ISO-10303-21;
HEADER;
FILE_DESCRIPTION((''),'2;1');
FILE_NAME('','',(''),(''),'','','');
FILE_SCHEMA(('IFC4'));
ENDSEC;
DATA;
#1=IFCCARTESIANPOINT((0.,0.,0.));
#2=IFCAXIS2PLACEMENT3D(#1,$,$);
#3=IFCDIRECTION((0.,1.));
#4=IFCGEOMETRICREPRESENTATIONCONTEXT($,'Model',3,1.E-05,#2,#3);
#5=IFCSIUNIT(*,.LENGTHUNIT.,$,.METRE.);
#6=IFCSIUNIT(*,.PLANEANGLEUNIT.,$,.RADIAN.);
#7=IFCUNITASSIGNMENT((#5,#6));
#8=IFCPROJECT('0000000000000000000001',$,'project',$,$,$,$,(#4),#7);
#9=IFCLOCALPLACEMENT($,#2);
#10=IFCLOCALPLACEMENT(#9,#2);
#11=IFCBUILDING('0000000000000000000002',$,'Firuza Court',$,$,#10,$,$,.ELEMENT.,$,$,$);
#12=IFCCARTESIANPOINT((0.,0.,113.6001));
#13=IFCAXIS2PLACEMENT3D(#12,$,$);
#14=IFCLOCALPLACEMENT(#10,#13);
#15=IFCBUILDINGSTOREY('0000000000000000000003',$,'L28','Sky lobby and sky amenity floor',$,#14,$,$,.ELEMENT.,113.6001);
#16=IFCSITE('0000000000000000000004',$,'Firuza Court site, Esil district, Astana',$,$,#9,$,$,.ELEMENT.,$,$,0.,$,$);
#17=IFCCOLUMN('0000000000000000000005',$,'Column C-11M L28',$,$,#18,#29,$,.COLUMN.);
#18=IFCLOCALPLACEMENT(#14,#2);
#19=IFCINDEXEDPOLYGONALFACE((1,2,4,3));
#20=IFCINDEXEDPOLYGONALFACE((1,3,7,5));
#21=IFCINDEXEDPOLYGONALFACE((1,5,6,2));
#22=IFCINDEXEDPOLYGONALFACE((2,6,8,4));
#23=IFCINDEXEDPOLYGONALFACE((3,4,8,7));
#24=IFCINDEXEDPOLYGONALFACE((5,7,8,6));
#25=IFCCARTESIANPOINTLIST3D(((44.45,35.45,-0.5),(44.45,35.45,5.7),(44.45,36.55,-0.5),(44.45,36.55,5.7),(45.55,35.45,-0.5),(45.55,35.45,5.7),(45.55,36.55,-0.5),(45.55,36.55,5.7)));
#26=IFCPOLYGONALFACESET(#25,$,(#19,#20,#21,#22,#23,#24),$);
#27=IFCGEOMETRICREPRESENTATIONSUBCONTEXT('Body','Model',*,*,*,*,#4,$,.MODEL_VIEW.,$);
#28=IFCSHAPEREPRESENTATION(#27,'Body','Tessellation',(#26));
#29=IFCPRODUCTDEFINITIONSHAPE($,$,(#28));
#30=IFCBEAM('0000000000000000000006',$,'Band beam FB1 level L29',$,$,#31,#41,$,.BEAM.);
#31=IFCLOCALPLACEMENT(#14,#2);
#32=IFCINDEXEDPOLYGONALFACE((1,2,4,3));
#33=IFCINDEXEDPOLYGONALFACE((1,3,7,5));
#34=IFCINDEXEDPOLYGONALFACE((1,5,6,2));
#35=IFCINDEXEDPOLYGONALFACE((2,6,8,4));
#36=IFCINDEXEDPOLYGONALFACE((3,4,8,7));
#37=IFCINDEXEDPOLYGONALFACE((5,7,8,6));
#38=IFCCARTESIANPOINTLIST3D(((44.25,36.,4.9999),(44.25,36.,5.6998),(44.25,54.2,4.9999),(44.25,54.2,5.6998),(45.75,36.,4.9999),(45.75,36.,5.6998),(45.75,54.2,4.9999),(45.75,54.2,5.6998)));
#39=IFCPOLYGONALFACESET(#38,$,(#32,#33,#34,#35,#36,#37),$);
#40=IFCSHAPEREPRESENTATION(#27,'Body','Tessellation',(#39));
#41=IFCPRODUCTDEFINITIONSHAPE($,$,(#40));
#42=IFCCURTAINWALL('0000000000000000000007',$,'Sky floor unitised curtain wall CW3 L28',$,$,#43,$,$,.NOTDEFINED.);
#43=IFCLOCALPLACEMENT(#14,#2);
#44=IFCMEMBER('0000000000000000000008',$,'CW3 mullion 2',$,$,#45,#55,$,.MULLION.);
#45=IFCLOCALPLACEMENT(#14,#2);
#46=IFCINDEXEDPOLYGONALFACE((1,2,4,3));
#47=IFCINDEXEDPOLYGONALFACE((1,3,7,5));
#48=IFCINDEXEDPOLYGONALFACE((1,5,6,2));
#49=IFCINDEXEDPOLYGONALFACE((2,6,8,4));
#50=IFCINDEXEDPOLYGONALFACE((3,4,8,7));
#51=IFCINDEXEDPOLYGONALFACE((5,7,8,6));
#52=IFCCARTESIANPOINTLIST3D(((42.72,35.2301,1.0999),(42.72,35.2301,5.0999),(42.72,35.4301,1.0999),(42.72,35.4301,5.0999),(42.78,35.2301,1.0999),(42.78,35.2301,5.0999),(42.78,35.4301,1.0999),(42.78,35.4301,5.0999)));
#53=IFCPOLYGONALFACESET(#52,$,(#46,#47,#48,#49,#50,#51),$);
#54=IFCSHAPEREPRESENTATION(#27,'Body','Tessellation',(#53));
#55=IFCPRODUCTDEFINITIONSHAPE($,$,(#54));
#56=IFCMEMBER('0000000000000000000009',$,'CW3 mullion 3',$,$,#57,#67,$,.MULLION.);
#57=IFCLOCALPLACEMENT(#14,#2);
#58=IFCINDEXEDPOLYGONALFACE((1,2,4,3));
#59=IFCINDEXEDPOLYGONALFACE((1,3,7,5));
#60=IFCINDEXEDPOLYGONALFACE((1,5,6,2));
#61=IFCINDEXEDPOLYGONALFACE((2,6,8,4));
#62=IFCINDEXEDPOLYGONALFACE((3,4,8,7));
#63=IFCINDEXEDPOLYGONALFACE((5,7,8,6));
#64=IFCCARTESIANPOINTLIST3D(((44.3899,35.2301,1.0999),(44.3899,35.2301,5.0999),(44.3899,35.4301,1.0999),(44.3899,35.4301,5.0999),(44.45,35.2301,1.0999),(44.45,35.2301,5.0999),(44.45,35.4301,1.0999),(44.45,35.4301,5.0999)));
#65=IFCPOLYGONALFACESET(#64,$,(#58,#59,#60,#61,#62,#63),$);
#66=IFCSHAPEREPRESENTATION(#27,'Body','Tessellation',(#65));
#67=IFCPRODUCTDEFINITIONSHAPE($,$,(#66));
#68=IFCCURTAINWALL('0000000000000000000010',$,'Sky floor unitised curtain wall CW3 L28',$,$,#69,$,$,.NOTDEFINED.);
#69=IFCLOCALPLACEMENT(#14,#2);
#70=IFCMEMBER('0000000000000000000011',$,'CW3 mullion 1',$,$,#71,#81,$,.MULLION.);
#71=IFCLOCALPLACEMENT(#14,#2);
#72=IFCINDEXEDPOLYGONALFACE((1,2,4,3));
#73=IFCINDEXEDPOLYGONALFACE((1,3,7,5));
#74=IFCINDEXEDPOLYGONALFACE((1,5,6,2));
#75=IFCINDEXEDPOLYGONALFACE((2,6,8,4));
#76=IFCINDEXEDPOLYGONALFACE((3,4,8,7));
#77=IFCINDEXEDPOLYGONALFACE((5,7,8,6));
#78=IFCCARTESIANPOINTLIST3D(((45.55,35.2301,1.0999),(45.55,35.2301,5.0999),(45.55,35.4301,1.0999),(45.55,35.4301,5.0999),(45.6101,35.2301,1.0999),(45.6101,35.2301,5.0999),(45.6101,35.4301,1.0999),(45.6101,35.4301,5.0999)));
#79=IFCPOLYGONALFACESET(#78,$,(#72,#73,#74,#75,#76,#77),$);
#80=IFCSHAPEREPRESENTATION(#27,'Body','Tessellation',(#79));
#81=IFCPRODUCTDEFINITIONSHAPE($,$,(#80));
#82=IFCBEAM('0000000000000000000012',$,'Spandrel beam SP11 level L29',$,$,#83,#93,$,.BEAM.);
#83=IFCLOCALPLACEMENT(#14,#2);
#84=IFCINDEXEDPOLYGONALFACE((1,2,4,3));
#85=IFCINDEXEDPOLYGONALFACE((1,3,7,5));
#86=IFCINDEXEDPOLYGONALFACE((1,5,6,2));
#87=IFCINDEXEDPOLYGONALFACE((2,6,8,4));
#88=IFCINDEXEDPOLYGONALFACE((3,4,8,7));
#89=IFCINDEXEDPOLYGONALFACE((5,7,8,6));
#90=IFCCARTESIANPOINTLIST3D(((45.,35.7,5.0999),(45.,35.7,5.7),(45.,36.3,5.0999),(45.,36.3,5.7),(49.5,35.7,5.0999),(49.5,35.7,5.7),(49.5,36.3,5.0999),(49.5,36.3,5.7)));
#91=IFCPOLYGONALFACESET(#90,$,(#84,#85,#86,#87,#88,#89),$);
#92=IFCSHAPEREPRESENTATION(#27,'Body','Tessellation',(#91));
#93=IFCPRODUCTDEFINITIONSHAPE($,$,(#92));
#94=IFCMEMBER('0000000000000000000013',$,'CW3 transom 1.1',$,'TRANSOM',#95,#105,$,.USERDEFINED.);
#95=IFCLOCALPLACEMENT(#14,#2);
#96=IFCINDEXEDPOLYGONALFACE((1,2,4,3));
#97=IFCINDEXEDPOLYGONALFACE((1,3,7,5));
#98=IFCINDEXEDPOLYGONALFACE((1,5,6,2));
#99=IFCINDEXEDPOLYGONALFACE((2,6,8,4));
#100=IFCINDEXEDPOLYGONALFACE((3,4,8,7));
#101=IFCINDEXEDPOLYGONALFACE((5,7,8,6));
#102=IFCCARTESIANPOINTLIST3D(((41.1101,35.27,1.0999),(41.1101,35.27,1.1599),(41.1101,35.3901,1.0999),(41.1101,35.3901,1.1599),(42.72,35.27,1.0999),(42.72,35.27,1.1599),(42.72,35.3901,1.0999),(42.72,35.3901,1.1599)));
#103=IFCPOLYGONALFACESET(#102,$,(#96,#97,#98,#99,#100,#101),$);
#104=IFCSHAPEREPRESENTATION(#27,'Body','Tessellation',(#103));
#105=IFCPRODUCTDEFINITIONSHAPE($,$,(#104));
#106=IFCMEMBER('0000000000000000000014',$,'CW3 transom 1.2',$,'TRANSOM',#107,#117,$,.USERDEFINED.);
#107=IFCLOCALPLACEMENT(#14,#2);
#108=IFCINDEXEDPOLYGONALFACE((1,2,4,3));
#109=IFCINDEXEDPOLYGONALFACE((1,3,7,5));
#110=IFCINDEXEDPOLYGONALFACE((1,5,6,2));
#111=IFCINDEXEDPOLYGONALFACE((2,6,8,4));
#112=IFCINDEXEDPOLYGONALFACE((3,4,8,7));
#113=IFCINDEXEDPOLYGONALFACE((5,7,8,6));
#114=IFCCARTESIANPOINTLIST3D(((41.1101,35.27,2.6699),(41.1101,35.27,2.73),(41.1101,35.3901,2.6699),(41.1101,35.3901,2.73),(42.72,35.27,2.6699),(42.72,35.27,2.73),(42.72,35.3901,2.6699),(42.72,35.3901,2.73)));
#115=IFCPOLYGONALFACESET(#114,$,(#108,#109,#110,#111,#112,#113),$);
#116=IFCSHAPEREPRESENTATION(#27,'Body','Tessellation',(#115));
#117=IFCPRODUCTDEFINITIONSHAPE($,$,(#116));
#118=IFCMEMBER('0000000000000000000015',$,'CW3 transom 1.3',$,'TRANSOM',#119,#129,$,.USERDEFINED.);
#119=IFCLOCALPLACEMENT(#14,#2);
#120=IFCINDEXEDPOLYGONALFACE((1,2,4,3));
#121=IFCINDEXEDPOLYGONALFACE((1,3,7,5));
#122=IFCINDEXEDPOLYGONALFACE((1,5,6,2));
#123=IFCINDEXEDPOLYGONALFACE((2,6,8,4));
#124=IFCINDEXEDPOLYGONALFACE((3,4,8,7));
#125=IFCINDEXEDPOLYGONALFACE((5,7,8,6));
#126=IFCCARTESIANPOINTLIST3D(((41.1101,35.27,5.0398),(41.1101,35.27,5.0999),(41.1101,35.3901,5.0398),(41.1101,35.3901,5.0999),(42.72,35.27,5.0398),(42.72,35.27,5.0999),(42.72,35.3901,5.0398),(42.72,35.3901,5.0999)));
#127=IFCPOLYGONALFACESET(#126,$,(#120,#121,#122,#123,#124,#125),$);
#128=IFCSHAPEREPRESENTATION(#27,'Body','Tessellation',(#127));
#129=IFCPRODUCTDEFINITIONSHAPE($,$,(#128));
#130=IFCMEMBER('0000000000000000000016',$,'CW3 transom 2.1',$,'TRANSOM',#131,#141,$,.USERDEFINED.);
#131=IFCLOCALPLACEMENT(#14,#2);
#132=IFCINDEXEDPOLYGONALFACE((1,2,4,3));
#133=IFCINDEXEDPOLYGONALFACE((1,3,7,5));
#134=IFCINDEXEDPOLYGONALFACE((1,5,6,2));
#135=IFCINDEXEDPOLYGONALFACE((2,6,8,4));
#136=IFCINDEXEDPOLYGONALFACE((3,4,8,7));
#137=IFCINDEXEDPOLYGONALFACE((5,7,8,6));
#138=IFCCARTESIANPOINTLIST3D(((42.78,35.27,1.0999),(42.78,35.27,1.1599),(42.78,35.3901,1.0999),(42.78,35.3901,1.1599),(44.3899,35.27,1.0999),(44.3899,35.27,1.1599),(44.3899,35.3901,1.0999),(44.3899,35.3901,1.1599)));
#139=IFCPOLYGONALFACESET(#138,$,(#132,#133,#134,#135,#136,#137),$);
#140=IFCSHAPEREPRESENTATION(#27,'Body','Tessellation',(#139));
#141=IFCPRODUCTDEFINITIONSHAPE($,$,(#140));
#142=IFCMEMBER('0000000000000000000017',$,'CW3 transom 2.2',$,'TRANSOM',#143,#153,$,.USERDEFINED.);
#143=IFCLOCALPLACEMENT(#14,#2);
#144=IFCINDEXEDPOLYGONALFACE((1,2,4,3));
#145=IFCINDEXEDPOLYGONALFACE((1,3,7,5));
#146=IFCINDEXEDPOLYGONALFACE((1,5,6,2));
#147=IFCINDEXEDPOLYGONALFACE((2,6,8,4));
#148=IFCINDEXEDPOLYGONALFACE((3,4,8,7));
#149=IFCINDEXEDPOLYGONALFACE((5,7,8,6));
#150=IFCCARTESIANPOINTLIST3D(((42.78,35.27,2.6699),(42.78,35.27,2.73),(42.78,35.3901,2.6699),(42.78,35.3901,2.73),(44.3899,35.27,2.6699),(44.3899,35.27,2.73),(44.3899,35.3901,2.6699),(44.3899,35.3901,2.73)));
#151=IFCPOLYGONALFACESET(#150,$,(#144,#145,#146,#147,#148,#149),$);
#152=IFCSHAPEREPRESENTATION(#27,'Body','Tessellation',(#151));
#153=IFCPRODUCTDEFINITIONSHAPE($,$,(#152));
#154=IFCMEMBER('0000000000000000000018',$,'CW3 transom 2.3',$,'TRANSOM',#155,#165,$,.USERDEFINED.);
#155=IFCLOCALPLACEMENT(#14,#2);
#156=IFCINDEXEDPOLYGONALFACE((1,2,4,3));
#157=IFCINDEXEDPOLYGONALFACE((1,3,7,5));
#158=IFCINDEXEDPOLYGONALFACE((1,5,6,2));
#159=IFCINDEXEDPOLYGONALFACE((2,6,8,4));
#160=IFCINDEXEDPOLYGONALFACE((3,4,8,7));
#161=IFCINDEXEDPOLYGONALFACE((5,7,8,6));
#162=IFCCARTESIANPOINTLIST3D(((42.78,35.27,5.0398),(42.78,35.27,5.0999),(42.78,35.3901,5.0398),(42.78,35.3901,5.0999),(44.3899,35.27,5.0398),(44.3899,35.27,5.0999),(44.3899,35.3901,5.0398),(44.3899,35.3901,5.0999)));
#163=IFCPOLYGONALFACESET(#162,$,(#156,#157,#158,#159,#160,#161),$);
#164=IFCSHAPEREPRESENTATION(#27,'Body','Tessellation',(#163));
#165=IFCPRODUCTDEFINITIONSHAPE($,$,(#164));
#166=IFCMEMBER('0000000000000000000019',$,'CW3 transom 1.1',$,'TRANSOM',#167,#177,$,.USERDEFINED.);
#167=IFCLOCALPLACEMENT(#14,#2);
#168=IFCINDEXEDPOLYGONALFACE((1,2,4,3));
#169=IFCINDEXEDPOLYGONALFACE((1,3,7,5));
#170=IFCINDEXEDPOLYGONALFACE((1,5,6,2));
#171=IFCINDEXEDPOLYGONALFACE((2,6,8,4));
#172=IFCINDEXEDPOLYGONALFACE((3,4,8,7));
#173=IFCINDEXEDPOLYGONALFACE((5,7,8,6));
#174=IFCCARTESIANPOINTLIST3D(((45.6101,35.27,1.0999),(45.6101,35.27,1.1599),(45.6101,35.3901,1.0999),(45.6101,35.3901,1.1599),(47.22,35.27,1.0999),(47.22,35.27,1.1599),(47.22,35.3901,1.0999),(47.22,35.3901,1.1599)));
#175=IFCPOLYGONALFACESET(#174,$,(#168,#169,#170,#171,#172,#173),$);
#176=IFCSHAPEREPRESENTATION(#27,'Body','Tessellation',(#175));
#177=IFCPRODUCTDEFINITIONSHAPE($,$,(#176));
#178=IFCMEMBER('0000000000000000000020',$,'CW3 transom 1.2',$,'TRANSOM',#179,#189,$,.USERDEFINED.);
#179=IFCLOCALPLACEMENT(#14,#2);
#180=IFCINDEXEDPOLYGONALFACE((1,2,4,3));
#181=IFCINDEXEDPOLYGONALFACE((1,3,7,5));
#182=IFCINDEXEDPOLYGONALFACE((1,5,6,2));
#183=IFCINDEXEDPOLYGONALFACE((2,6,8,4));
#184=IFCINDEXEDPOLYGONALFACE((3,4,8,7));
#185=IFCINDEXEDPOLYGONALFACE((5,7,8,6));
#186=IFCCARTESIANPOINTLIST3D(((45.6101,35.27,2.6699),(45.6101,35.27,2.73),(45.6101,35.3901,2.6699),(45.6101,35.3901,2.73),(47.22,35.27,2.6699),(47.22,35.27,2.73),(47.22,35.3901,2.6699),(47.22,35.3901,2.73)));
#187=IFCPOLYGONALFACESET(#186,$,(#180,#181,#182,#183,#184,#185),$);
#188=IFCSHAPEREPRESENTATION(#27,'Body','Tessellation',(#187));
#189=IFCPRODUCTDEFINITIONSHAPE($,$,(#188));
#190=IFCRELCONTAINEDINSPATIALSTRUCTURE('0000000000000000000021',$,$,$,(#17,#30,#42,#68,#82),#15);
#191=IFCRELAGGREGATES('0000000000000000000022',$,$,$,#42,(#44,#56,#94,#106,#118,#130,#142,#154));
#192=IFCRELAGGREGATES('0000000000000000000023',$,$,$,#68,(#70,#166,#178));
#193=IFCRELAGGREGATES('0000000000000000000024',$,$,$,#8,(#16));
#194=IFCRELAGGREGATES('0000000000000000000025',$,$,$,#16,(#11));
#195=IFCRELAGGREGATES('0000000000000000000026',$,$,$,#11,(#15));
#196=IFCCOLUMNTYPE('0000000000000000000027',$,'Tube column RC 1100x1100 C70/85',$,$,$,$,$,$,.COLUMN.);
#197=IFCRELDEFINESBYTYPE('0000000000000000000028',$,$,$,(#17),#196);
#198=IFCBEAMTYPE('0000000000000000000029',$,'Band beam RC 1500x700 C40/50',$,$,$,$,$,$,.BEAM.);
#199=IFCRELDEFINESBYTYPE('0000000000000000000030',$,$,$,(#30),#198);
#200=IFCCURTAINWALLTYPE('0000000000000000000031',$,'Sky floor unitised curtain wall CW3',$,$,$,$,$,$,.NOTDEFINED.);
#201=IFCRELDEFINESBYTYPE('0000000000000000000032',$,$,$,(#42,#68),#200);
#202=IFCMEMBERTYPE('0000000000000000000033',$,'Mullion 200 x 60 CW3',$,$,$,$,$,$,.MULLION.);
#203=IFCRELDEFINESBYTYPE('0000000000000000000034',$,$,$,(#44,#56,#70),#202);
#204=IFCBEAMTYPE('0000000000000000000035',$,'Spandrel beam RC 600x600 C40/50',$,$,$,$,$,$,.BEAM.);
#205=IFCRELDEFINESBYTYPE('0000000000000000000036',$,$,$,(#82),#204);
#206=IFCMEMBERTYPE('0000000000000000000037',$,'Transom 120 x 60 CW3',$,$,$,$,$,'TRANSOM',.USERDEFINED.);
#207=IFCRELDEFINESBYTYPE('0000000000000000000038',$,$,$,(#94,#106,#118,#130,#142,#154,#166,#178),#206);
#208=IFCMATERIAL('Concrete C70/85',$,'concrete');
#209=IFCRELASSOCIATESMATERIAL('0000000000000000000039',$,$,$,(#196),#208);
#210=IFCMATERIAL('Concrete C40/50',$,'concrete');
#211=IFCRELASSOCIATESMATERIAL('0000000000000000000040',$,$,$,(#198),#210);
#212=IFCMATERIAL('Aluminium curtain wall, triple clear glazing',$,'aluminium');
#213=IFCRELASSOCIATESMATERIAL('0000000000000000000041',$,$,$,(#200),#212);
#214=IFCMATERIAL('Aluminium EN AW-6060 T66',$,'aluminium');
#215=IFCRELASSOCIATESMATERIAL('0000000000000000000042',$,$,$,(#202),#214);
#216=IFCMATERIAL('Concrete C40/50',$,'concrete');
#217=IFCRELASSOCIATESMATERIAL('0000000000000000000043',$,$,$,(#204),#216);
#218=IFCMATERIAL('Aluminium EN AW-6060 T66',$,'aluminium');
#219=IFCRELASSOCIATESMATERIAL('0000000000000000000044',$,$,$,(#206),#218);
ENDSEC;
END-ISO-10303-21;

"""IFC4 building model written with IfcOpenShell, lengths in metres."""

from ifc_helpers import new_model, si_unit, direction, frame, origin, origin_2d, place, context, subcontext, project, spatial, rectangle, extrude, material, material_profile, profile_set, type_object, element, aggregate, save


model = new_model("IFC4")

# Units and contexts
model_context = context("Model", 3, precision=1e-05, world=origin(), true_north=direction((0.0, 1.0)))
body_context = subcontext(model_context, "Body", "Model", "MODEL_VIEW")
ifc_project = project(units=[si_unit("LENGTHUNIT", "METRE"), si_unit("PLANEANGLEUNIT", "RADIAN")], contexts=[model_context])

# Site, building, storey
site_placement = place(None, origin())
site = spatial("IfcSite", under=ifc_project, at=site_placement, Name="Firuza Court site, Esil district, Astana", CompositionType="ELEMENT", RefElevation=0.0)
building_placement = place(site_placement, origin())
building = spatial("IfcBuilding", under=site, at=building_placement, Name="Firuza Court", CompositionType="ELEMENT")
storey_placement = place(building_placement, frame((0.0, 0.0, 113.6001)))
storey = spatial("IfcBuildingStorey", under=building, at=storey_placement, Name="L28", Description="Sky lobby and sky amenity floor", CompositionType="ELEMENT", Elevation=113.6001)

# Column
ifc_material_1 = material(Name="Concrete C70/85", Category="concrete")
ifc_material_profile_1 = material_profile(ifc_material_1, rectangle(XDim=1.1001, YDim=1.1001, at=origin_2d()), Name="RC 1100x1100")
ifc_profile_set_1 = profile_set([ifc_material_profile_1], Name="Concrete C70/85")
column_type = type_object("IfcColumnType", Name="Tube column RC 1100x1100 C70/85", PredefinedType="COLUMN", material=ifc_profile_set_1)
column_placement = place(storey_placement, frame((45.0, 36.0, -0.5), z_axis=(0.0, 0.0, 1.0), x_axis=(1.0, 0.0, 0.0)))
element("IfcColumn", 1, at=column_placement, inside=storey, type_object=column_type, Name="Column C-11M L28", PredefinedType="COLUMN", context=body_context, shape_type="SweptSolid", body=[
    extrude(rectangle(XDim=1.1001, YDim=1.1001, at=origin_2d()), origin(), (0.0, 0.0, 1.0), 6.2),
])

# Beam
ifc_material_2 = material(Name="Concrete C40/50", Category="concrete")
ifc_material_profile_2 = material_profile(ifc_material_2, rectangle(XDim=1.5, YDim=0.7, at=origin_2d()), Name="RC 1500x700")
ifc_profile_set_2 = profile_set([ifc_material_profile_2], Name="Concrete C40/50")
beam_type_1 = type_object("IfcBeamType", Name="Band beam RC 1500x700 C40/50", PredefinedType="BEAM", material=ifc_profile_set_2)
beam_1_placement = place(storey_placement, frame((45.0, 36.0, 5.3499), z_axis=(0.0, 1.0, 0.0), x_axis=(-1.0, 0.0, 0.0)))
element("IfcBeam", 2, at=beam_1_placement, inside=storey, type_object=beam_type_1, Name="Band beam FB1 level L29", PredefinedType="BEAM", context=body_context, shape_type="SweptSolid", body=[
    extrude(rectangle(XDim=1.5, YDim=0.7, at=origin_2d()), origin(), (0.0, 0.0, 1.0), 18.2),
])

# Curtain wall, members
ifc_material_3 = material(Name="Aluminium curtain wall, triple clear glazing", Category="aluminium")
curtain_wall_type = type_object("IfcCurtainWallType", Name="Sky floor unitised curtain wall CW3", PredefinedType="NOTDEFINED", material=ifc_material_3)
curtain_wall_1_placement = place(storey_placement, origin())
curtain_wall_1 = element("IfcCurtainWall", 3, at=curtain_wall_1_placement, inside=storey, type_object=curtain_wall_type, Name="Sky floor unitised curtain wall CW3 L28", PredefinedType="NOTDEFINED")
ifc_material_4 = material(Name="Aluminium EN AW-6060 T66", Category="aluminium")
ifc_material_profile_3 = material_profile(ifc_material_4, rectangle(XDim=0.2, YDim=0.0601, at=origin_2d()), Name="Mullion 200 x 60 CW3")
ifc_profile_set_3 = profile_set([ifc_material_profile_3], Name="Aluminium EN AW-6060 T66")
member_type_1 = type_object("IfcMemberType", Name="Mullion 200 x 60 CW3", PredefinedType="MULLION", material=ifc_profile_set_3)
member_1_placement = place(storey_placement, frame((42.75, 35.3301, 1.0999), z_axis=(0.0, 0.0, 1.0), x_axis=(0.0, 1.0, 0.0)))
member_1 = element("IfcMember", 4, at=member_1_placement, type_object=member_type_1, Name="CW3 mullion 2", PredefinedType="MULLION", context=body_context, shape_type="SweptSolid", body=[
    extrude(rectangle(XDim=0.2, YDim=0.0601, at=origin_2d()), origin(), (0.0, 0.0, 1.0), 4.0),
])
member_2_placement = place(storey_placement, frame((44.4199, 35.3301, 1.0999), z_axis=(0.0, 0.0, 1.0), x_axis=(0.0, 1.0, 0.0)))
member_2 = element("IfcMember", 5, at=member_2_placement, type_object=member_type_1, Name="CW3 mullion 3", PredefinedType="MULLION", context=body_context, shape_type="SweptSolid", body=[
    extrude(rectangle(XDim=0.2, YDim=0.0601, at=origin_2d()), origin(), (0.0, 0.0, 1.0), 4.0),
])

# Curtain wall, member
curtain_wall_2_placement = place(storey_placement, origin())
curtain_wall_2 = element("IfcCurtainWall", 6, at=curtain_wall_2_placement, inside=storey, type_object=curtain_wall_type, Name="Sky floor unitised curtain wall CW3 L28", PredefinedType="NOTDEFINED")
member_3_placement = place(storey_placement, frame((45.5801, 35.3301, 1.0999), z_axis=(0.0, 0.0, 1.0), x_axis=(0.0, 1.0, 0.0)))
member_3 = element("IfcMember", 7, at=member_3_placement, type_object=member_type_1, Name="CW3 mullion 1", PredefinedType="MULLION", context=body_context, shape_type="SweptSolid", body=[
    extrude(rectangle(XDim=0.2, YDim=0.0601, at=origin_2d()), origin(), (0.0, 0.0, 1.0), 4.0),
])

# Beam
ifc_material_5 = material(Name="Concrete C40/50", Category="concrete")
ifc_material_profile_4 = material_profile(ifc_material_5, rectangle(XDim=0.6001, YDim=0.6001, at=origin_2d()), Name="RC 600x600")
ifc_profile_set_4 = profile_set([ifc_material_profile_4], Name="Concrete C40/50")
beam_type_2 = type_object("IfcBeamType", Name="Spandrel beam RC 600x600 C40/50", PredefinedType="BEAM", material=ifc_profile_set_4)
beam_2_placement = place(storey_placement, frame((45.0, 36.0, 5.3999), z_axis=(1.0, 0.0, 0.0), x_axis=(0.0, 1.0, 0.0)))
element("IfcBeam", 8, at=beam_2_placement, inside=storey, type_object=beam_type_2, Name="Spandrel beam SP11 level L29", PredefinedType="BEAM", context=body_context, shape_type="SweptSolid", body=[
    extrude(rectangle(XDim=0.6001, YDim=0.6001, at=origin_2d()), origin(), (0.0, 0.0, 1.0), 4.5),
])

# Members
ifc_material_6 = material(Name="Aluminium EN AW-6060 T66", Category="aluminium")
ifc_material_profile_5 = material_profile(ifc_material_6, rectangle(XDim=0.1201, YDim=0.0601, at=origin_2d()), Name="Transom 120 x 60 CW3")
ifc_profile_set_5 = profile_set([ifc_material_profile_5], Name="Aluminium EN AW-6060 T66")
member_type_2 = type_object("IfcMemberType", Name="Transom 120 x 60 CW3", ElementType="TRANSOM", PredefinedType="USERDEFINED", material=ifc_profile_set_5)
member_4_placement = place(storey_placement, frame((41.1101, 35.3301, 1.1299), z_axis=(1.0, 0.0, 0.0), x_axis=(0.0, 1.0, 0.0)))
member_4 = element("IfcMember", 9, at=member_4_placement, type_object=member_type_2, Name="CW3 transom 1.1", ObjectType="TRANSOM", PredefinedType="USERDEFINED", context=body_context, shape_type="SweptSolid", body=[
    extrude(rectangle(XDim=0.1201, YDim=0.0601, at=origin_2d()), origin(), (0.0, 0.0, 1.0), 1.6099),
])
member_5_placement = place(storey_placement, frame((41.1101, 35.3301, 2.7), z_axis=(1.0, 0.0, 0.0), x_axis=(0.0, 1.0, 0.0)))
member_5 = element("IfcMember", 10, at=member_5_placement, type_object=member_type_2, Name="CW3 transom 1.2", ObjectType="TRANSOM", PredefinedType="USERDEFINED", context=body_context, shape_type="SweptSolid", body=[
    extrude(rectangle(XDim=0.1201, YDim=0.0601, at=origin_2d()), origin(), (0.0, 0.0, 1.0), 1.6099),
])
member_6_placement = place(storey_placement, frame((41.1101, 35.3301, 5.0698), z_axis=(1.0, 0.0, 0.0), x_axis=(0.0, 1.0, 0.0)))
member_6 = element("IfcMember", 11, at=member_6_placement, type_object=member_type_2, Name="CW3 transom 1.3", ObjectType="TRANSOM", PredefinedType="USERDEFINED", context=body_context, shape_type="SweptSolid", body=[
    extrude(rectangle(XDim=0.1201, YDim=0.0601, at=origin_2d()), origin(), (0.0, 0.0, 1.0), 1.6099),
])
member_7_placement = place(storey_placement, frame((42.78, 35.3301, 1.1299), z_axis=(1.0, 0.0, 0.0), x_axis=(0.0, 1.0, 0.0)))
member_7 = element("IfcMember", 12, at=member_7_placement, type_object=member_type_2, Name="CW3 transom 2.1", ObjectType="TRANSOM", PredefinedType="USERDEFINED", context=body_context, shape_type="SweptSolid", body=[
    extrude(rectangle(XDim=0.1201, YDim=0.0601, at=origin_2d()), origin(), (0.0, 0.0, 1.0), 1.6099),
])
member_8_placement = place(storey_placement, frame((42.78, 35.3301, 2.7), z_axis=(1.0, 0.0, 0.0), x_axis=(0.0, 1.0, 0.0)))
member_8 = element("IfcMember", 13, at=member_8_placement, type_object=member_type_2, Name="CW3 transom 2.2", ObjectType="TRANSOM", PredefinedType="USERDEFINED", context=body_context, shape_type="SweptSolid", body=[
    extrude(rectangle(XDim=0.1201, YDim=0.0601, at=origin_2d()), origin(), (0.0, 0.0, 1.0), 1.6099),
])
member_9_placement = place(storey_placement, frame((42.78, 35.3301, 5.0698), z_axis=(1.0, 0.0, 0.0), x_axis=(0.0, 1.0, 0.0)))
member_9 = element("IfcMember", 14, at=member_9_placement, type_object=member_type_2, Name="CW3 transom 2.3", ObjectType="TRANSOM", PredefinedType="USERDEFINED", context=body_context, shape_type="SweptSolid", body=[
    extrude(rectangle(XDim=0.1201, YDim=0.0601, at=origin_2d()), origin(), (0.0, 0.0, 1.0), 1.6099),
])
member_10_placement = place(storey_placement, frame((45.6101, 35.3301, 1.1299), z_axis=(1.0, 0.0, 0.0), x_axis=(0.0, 1.0, 0.0)))
member_10 = element("IfcMember", 15, at=member_10_placement, type_object=member_type_2, Name="CW3 transom 1.1", ObjectType="TRANSOM", PredefinedType="USERDEFINED", context=body_context, shape_type="SweptSolid", body=[
    extrude(rectangle(XDim=0.1201, YDim=0.0601, at=origin_2d()), origin(), (0.0, 0.0, 1.0), 1.6099),
])
member_11_placement = place(storey_placement, frame((45.6101, 35.3301, 2.7), z_axis=(1.0, 0.0, 0.0), x_axis=(0.0, 1.0, 0.0)))
member_11 = element("IfcMember", 16, at=member_11_placement, type_object=member_type_2, Name="CW3 transom 1.2", ObjectType="TRANSOM", PredefinedType="USERDEFINED", context=body_context, shape_type="SweptSolid", body=[
    extrude(rectangle(XDim=0.1201, YDim=0.0601, at=origin_2d()), origin(), (0.0, 0.0, 1.0), 1.6099),
])

aggregate(curtain_wall_1, [member_1, member_2, member_4, member_5, member_6, member_7, member_8, member_9])
aggregate(curtain_wall_2, [member_3, member_10, member_11])

save(model, "model.ifc")
